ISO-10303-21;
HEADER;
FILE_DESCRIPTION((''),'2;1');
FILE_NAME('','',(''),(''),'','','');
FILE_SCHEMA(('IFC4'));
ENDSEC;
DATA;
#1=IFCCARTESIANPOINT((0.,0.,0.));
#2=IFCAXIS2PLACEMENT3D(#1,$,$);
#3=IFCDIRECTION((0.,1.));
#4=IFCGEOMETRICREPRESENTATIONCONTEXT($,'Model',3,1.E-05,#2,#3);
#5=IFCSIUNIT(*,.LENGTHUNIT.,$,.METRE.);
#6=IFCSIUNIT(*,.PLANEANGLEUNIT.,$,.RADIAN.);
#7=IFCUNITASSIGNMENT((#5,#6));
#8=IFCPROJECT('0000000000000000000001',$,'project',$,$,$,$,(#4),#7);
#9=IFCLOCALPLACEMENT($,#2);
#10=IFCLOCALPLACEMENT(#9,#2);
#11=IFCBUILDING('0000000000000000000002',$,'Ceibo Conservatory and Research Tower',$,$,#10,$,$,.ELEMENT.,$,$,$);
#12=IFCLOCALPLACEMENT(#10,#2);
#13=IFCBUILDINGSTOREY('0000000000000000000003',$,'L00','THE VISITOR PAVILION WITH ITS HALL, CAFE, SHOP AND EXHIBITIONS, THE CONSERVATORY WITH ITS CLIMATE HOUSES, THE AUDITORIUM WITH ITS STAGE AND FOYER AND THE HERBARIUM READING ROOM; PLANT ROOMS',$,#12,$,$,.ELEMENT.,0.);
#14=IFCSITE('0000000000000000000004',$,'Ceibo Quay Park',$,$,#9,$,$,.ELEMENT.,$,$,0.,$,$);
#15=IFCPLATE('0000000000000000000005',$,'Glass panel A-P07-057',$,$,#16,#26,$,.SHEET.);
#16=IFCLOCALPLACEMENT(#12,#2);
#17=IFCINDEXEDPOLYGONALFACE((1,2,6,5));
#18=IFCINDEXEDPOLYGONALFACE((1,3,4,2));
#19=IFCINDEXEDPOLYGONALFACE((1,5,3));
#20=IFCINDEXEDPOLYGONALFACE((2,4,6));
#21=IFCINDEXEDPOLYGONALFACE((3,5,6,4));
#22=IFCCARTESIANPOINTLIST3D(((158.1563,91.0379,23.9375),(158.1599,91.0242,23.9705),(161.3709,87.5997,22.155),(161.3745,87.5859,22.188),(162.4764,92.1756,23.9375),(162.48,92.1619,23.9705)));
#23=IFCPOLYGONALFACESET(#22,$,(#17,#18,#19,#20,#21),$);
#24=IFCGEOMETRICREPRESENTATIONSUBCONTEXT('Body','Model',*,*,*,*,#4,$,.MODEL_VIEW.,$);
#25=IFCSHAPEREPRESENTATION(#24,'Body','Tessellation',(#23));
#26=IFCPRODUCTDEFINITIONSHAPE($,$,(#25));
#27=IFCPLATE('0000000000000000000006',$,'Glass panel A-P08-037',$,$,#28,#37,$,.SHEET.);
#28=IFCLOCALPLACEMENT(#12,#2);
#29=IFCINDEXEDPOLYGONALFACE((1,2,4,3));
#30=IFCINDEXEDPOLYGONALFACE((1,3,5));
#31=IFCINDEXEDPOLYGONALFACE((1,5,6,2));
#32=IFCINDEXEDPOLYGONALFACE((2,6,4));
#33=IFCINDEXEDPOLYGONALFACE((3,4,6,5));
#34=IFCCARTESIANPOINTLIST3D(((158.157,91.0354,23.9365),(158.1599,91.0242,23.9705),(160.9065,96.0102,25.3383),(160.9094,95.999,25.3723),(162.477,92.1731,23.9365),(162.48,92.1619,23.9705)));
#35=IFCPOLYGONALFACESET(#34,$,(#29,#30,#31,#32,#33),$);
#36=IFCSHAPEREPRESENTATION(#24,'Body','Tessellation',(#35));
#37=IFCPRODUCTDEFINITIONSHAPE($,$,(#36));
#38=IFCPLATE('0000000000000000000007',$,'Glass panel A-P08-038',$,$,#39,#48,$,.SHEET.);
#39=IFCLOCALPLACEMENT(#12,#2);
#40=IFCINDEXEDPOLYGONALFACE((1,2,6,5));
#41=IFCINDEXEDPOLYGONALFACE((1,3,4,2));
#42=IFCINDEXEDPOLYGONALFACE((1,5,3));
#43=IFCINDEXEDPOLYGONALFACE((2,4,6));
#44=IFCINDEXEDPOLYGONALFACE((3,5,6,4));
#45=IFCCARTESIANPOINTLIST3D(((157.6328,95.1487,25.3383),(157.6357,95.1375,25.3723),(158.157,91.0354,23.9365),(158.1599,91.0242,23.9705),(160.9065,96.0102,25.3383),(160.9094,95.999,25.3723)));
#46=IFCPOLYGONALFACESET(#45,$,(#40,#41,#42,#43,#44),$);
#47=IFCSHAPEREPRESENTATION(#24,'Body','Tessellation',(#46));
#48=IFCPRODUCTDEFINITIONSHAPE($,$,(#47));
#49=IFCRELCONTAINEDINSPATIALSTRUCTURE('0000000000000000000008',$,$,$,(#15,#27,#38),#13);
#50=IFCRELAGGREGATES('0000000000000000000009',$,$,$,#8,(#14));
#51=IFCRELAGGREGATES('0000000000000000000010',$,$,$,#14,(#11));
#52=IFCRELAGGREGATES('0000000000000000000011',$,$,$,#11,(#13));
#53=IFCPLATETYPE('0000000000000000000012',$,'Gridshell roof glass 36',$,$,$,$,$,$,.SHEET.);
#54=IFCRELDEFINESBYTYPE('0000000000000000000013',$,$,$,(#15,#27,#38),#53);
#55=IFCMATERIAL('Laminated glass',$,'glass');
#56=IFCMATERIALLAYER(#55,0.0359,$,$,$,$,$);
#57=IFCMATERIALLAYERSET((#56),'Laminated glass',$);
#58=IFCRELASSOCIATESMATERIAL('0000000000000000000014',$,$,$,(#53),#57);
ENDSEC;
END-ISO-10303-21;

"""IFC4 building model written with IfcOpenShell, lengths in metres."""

from ifc_helpers import new_model, si_unit, direction, frame, origin, place, context, subcontext, project, spatial, polyline, outline, extrude, material, layer, layer_set, type_object, element, save


model = new_model("IFC4")

# Units and contexts
model_context = context("Model", 3, precision=1e-05, world=origin(), true_north=direction((0.0, 1.0)))
body_context = subcontext(model_context, "Body", "Model", "MODEL_VIEW")
ifc_project = project(units=[si_unit("LENGTHUNIT", "METRE"), si_unit("PLANEANGLEUNIT", "RADIAN")], contexts=[model_context])

# Site, building, storey
site_placement = place(None, origin())
site = spatial("IfcSite", under=ifc_project, at=site_placement, Name="Ceibo Quay Park", CompositionType="ELEMENT", RefElevation=0.0)
building_placement = place(site_placement, origin())
building = spatial("IfcBuilding", under=site, at=building_placement, Name="Ceibo Conservatory and Research Tower", CompositionType="ELEMENT")
storey_placement = place(building_placement, origin())
storey = spatial("IfcBuildingStorey", under=building, at=storey_placement, Name="L00", Description="THE VISITOR PAVILION WITH ITS HALL, CAFE, SHOP AND EXHIBITIONS, THE CONSERVATORY WITH ITS CLIMATE HOUSES, THE AUDITORIUM WITH ITS STAGE AND FOYER AND THE HERBARIUM READING ROOM; PLANT ROOMS", CompositionType="ELEMENT", Elevation=0.0)

# Plates
ifc_material_1 = material(Name="Laminated glass", Category="glass")
ifc_layer = layer(ifc_material_1, 0.0359)
ifc_layer_set = layer_set([ifc_layer], Name="Laminated glass")
plate_type = type_object("IfcPlateType", Name="Gridshell roof glass 36", PredefinedType="SHEET", material=ifc_layer_set)
plate_1_placement = place(storey_placement, frame((158.1599, 91.0242, 23.9705), z_axis=(0.100637, -0.38214, 0.918608), x_axis=(0.638689, -0.683122, -0.354148)))
element("IfcPlate", 1, at=plate_1_placement, inside=storey, type_object=plate_type, Name="Glass panel A-P07-057", PredefinedType="SHEET", context=body_context, shape_type="SweptSolid", body=[
    extrude(outline(polyline([(0.0, 0.0), (5.0331, 0.0), (1.982, 4.0036), (0.0, 0.0)])), origin(), (0.0, 0.0, -1.0), 0.0359),
])
plate_2_placement = place(storey_placement, frame((158.1599, 91.0242, 23.9705), z_axis=(0.082202, -0.312137, 0.946474), x_axis=(0.967029, 0.254668, 0.0)))
element("IfcPlate", 2, at=plate_2_placement, inside=storey, type_object=plate_type, Name="Glass panel A-P08-037", PredefinedType="SHEET", context=body_context, shape_type="SweptSolid", body=[
    extrude(outline(polyline([(0.0, 0.0), (4.4674, 0.0), (3.9258, 4.3431), (0.0, 0.0)])), origin(), (0.0, 0.0, -1.0), 0.0359),
])
plate_3_placement = place(storey_placement, frame((158.1599, 91.0242, 23.9705), z_axis=(0.082141, -0.312107, 0.946489), x_axis=(0.469648, 0.849761, 0.239453)))
element("IfcPlate", 3, at=plate_3_placement, inside=storey, type_object=plate_type, Name="Glass panel A-P08-038", PredefinedType="SHEET", context=body_context, shape_type="SweptSolid", body=[
    extrude(outline(polyline([(0.0, 0.0), (5.8544, 0.0), (3.5848, 2.5116), (0.0, 0.0)])), origin(), (0.0, 0.0, -1.0), 0.0359),
])

save(model, "model.ifc")
